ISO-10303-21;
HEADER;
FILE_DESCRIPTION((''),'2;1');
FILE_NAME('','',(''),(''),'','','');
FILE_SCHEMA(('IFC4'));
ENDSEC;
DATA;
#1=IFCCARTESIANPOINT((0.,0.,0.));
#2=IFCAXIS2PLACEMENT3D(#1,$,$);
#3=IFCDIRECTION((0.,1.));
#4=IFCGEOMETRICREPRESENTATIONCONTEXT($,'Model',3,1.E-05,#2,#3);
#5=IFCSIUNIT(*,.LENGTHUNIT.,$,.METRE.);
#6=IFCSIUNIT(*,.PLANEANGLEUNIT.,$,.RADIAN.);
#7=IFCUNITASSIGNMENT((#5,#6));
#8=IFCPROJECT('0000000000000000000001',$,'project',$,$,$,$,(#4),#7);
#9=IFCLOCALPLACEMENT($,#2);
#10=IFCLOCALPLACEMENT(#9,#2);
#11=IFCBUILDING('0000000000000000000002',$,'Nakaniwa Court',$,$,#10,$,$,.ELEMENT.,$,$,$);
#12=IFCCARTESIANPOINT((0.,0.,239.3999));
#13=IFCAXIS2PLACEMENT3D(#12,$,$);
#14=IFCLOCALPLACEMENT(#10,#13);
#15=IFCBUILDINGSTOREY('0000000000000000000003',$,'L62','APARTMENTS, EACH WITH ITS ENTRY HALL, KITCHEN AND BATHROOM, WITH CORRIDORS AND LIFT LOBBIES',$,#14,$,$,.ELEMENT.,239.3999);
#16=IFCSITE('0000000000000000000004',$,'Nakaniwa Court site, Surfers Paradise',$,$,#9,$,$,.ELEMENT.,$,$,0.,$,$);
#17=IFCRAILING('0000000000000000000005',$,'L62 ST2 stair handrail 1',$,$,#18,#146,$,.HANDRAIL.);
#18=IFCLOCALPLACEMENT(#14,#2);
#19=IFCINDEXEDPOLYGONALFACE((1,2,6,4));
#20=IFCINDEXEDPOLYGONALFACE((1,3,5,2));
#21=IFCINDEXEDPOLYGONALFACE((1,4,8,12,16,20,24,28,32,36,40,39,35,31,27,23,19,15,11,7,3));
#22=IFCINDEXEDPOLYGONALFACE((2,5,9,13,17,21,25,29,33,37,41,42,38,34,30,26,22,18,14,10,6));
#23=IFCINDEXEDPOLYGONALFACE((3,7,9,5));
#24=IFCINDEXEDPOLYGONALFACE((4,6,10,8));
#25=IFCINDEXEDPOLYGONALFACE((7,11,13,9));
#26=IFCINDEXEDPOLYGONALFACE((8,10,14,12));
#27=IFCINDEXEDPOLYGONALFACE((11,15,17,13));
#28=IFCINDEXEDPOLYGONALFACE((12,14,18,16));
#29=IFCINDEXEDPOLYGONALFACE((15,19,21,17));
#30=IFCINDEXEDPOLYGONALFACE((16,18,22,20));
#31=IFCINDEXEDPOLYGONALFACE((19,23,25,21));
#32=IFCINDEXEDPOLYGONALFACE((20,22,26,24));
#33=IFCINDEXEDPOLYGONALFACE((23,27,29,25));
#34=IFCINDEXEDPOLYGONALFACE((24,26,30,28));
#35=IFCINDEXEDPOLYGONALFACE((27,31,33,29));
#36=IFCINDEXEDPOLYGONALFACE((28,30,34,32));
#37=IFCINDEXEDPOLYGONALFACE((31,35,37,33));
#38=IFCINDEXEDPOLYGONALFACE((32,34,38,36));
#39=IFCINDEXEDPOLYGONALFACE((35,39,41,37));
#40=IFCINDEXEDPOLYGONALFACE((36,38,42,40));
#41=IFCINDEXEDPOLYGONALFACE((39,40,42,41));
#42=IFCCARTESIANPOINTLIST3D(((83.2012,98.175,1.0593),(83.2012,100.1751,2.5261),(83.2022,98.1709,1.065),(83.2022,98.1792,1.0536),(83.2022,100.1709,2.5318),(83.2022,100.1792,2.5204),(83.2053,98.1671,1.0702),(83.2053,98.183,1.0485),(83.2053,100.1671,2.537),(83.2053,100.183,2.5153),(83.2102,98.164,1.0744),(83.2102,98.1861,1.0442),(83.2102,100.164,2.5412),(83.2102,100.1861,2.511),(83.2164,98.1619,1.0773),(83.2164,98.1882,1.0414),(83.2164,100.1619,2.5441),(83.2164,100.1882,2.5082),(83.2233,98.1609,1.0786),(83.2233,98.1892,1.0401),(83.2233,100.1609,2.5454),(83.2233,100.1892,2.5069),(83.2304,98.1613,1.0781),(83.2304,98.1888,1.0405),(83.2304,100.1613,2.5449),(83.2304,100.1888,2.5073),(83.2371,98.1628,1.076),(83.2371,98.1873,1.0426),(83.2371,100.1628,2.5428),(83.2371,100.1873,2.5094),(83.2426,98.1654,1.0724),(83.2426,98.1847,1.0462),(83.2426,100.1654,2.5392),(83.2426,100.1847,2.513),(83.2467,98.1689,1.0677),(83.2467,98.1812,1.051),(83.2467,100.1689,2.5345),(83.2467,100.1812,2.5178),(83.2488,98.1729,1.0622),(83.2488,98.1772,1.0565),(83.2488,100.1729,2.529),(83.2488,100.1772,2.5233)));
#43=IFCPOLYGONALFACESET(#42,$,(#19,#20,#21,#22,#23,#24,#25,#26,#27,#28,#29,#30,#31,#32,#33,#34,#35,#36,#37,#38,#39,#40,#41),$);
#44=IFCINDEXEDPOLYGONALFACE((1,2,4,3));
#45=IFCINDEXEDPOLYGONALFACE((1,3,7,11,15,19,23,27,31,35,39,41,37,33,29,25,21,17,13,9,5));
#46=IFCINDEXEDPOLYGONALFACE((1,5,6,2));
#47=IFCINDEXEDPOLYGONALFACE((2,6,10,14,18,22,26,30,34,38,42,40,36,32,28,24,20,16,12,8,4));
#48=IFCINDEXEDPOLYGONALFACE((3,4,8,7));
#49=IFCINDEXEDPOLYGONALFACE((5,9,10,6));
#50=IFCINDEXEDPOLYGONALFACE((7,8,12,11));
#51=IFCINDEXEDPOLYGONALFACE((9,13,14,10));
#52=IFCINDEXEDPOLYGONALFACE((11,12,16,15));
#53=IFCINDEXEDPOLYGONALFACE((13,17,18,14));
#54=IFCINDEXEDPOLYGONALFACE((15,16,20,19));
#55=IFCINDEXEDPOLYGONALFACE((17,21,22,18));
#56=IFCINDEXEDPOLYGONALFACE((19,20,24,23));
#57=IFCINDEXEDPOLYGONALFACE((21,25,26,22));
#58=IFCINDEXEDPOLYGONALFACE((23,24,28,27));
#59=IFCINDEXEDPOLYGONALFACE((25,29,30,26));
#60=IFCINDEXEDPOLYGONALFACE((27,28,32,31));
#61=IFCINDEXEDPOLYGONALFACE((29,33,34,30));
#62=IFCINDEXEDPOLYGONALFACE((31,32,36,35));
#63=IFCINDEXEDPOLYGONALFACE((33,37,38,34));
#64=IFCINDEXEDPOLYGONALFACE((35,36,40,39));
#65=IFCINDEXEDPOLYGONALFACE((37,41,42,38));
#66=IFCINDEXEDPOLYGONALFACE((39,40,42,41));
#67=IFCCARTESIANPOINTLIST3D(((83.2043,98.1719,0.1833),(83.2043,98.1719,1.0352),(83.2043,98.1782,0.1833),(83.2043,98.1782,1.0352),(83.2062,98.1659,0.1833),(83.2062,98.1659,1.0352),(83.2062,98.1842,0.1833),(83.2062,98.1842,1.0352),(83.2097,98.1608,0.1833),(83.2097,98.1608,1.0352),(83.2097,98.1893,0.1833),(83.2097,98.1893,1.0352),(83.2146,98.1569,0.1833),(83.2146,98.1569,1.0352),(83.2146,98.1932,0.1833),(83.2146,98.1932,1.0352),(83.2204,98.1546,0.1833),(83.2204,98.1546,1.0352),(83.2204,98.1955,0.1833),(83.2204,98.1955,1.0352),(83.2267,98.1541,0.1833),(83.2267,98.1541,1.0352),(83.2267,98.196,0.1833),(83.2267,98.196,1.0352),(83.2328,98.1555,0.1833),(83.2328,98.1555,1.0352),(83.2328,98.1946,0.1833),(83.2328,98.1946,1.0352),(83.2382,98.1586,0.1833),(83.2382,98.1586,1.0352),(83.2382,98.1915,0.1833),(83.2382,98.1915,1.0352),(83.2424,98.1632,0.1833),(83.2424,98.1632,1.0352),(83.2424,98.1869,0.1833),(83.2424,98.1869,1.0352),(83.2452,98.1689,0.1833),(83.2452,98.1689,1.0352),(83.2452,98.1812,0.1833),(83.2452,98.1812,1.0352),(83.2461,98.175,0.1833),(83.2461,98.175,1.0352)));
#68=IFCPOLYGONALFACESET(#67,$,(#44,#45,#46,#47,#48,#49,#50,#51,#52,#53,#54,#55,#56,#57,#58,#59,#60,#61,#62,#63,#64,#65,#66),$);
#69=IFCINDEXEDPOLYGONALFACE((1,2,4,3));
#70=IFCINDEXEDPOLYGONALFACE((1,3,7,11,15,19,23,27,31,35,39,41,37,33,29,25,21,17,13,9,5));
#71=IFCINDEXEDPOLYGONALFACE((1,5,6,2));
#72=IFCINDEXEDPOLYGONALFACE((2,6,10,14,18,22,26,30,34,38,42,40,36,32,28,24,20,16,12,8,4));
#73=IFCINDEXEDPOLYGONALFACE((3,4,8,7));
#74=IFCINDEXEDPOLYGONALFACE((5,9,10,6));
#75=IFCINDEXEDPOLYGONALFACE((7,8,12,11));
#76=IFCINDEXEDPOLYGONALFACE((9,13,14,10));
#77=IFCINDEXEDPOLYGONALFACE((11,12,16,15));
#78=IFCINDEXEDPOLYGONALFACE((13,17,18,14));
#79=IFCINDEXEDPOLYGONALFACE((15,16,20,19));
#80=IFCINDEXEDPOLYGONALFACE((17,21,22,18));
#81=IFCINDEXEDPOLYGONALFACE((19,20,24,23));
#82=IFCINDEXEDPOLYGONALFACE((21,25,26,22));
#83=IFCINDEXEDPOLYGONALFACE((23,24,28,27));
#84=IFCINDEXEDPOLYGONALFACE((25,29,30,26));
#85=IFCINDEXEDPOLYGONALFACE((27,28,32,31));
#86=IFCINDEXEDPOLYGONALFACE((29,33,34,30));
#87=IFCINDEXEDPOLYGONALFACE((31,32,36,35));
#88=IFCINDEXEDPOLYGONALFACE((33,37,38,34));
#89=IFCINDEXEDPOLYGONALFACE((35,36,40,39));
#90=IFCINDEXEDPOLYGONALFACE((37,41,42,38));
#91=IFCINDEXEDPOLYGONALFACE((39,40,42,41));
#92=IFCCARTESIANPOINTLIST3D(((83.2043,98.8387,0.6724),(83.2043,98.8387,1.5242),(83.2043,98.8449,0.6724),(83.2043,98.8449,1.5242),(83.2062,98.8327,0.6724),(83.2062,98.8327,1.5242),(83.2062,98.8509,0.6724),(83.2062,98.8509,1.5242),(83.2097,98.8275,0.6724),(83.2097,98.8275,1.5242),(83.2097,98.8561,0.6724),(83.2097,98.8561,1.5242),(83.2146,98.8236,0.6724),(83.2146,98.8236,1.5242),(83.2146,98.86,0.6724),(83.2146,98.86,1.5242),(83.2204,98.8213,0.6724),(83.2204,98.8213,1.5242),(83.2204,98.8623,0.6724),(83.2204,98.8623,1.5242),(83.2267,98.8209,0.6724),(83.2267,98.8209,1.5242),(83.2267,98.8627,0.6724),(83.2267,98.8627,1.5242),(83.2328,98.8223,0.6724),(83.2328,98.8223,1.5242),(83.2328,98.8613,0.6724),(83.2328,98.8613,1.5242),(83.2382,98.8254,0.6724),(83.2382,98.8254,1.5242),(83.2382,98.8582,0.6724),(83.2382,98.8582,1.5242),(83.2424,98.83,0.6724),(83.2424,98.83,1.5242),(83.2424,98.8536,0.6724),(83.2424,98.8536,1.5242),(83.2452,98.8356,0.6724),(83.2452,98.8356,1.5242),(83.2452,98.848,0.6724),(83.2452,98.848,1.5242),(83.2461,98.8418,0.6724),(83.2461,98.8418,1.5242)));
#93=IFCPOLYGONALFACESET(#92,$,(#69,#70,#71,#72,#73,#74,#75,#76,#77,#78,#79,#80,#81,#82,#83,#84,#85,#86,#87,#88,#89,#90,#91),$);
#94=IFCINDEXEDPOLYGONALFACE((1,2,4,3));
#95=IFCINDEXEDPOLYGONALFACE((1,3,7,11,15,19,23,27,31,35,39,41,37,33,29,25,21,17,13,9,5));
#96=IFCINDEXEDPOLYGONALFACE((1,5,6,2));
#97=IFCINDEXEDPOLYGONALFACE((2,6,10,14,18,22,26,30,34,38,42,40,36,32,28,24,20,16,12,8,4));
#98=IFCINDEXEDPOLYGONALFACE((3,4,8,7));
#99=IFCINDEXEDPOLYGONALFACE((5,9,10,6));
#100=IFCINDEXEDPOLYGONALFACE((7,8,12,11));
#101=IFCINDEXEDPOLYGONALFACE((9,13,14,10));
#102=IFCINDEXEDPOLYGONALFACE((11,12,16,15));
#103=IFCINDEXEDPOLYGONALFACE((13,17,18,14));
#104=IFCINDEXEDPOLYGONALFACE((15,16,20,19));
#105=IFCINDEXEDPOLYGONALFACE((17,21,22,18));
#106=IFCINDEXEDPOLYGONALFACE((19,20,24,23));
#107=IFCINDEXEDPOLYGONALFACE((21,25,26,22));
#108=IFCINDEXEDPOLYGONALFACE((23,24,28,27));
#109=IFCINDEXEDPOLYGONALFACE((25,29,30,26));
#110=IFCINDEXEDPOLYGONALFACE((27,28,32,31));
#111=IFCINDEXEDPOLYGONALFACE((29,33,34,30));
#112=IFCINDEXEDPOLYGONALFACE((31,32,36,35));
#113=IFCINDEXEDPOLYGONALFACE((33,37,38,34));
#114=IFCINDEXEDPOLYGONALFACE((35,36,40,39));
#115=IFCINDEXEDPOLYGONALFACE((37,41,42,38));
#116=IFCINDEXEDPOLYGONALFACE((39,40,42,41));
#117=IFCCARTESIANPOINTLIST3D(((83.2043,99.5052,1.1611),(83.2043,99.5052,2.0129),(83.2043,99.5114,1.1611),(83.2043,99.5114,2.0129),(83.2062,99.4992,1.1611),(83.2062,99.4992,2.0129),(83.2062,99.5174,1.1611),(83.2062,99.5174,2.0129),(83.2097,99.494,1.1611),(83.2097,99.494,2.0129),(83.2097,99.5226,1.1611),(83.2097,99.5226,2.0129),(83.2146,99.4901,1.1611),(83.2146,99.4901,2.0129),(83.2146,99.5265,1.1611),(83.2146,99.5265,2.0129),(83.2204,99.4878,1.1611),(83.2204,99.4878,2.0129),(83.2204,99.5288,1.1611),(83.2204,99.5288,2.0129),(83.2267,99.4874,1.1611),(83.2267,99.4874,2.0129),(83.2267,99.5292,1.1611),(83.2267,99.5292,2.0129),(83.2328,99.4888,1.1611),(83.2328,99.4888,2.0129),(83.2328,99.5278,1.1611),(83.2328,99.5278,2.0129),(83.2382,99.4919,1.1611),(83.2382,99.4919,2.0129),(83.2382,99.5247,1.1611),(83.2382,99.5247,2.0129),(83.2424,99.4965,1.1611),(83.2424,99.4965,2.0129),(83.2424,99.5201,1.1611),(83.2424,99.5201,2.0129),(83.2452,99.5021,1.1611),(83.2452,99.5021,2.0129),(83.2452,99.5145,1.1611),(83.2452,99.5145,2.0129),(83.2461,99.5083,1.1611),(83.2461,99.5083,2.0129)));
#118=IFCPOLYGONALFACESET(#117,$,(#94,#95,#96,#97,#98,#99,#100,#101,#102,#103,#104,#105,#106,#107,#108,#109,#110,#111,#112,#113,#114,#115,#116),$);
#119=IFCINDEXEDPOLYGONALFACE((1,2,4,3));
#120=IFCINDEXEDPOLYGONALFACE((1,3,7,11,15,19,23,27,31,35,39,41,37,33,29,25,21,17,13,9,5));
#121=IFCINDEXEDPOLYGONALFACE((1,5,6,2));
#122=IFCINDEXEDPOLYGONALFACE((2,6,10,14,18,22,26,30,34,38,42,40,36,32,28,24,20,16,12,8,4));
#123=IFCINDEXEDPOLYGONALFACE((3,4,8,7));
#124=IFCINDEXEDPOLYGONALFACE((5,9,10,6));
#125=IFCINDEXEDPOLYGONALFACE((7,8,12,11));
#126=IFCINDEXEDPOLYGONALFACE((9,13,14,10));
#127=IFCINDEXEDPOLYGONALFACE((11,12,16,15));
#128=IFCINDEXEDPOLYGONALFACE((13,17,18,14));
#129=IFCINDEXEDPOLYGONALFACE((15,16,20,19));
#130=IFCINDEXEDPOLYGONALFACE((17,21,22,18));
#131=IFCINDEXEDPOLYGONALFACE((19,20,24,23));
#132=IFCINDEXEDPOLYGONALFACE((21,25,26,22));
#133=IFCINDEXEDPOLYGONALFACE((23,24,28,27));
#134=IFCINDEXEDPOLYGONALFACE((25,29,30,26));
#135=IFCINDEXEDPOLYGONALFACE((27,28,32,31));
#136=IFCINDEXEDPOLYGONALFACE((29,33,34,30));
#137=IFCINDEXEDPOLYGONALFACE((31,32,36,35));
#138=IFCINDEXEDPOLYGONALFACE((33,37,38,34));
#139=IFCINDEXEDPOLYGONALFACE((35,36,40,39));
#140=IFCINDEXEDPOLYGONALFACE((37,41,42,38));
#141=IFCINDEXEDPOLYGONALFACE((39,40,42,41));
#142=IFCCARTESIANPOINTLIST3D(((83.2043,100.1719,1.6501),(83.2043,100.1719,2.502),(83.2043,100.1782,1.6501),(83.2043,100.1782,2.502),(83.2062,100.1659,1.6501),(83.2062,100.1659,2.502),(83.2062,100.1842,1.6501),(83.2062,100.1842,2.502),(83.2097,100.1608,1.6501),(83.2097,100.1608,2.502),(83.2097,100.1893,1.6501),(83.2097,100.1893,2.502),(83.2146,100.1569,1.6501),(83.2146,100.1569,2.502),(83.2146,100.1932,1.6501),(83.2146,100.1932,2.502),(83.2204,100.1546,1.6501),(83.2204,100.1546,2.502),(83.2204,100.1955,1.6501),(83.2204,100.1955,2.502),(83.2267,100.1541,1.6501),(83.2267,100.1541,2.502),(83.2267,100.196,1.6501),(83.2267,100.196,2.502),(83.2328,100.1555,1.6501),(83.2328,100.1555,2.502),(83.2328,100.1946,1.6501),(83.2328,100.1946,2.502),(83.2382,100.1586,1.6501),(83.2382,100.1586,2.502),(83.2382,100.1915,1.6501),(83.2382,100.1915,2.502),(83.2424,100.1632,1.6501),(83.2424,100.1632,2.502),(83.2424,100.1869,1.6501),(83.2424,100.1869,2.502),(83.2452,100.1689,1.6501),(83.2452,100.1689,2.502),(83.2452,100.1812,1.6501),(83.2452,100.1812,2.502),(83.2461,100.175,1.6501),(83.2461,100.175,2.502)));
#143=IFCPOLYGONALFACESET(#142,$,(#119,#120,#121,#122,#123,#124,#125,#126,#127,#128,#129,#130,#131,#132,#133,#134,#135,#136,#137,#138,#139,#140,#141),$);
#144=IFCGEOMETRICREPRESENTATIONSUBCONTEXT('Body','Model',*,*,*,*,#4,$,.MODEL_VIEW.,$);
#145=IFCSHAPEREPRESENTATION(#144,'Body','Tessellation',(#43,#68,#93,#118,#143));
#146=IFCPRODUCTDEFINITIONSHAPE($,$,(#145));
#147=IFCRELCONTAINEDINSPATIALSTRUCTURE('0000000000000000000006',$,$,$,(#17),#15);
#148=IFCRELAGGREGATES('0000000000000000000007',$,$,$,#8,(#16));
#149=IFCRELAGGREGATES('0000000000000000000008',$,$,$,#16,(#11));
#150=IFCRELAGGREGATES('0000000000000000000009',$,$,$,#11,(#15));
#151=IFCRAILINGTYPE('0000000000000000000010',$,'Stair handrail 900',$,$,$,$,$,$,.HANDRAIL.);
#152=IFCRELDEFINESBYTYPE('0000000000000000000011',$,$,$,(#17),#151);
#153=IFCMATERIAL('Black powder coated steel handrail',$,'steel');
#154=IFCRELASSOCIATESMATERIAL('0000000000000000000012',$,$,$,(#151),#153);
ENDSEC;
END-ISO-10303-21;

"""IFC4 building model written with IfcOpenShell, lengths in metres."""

from ifc_helpers import new_model, si_unit, direction, frame, origin, origin_2d, place, context, subcontext, project, spatial, circle, extrude, material, type_object, element, save


model = new_model("IFC4")

# Units and contexts
model_context = context("Model", 3, precision=1e-05, world=origin(), true_north=direction((0.0, 1.0)))
body_context = subcontext(model_context, "Body", "Model", "MODEL_VIEW")
ifc_project = project(units=[si_unit("LENGTHUNIT", "METRE"), si_unit("PLANEANGLEUNIT", "RADIAN")], contexts=[model_context])

# Site, building, storey
site_placement = place(None, origin())
site = spatial("IfcSite", under=ifc_project, at=site_placement, Name="Nakaniwa Court site, Surfers Paradise", CompositionType="ELEMENT", RefElevation=0.0)
building_placement = place(site_placement, origin())
building = spatial("IfcBuilding", under=site, at=building_placement, Name="Nakaniwa Court", CompositionType="ELEMENT")
storey_placement = place(building_placement, frame((0.0, 0.0, 239.3999)))
storey = spatial("IfcBuildingStorey", under=building, at=storey_placement, Name="L62", Description="APARTMENTS, EACH WITH ITS ENTRY HALL, KITCHEN AND BATHROOM, WITH CORRIDORS AND LIFT LOBBIES", CompositionType="ELEMENT", Elevation=239.3999)

# Railing
ifc_material_1 = material(Name="Black powder coated steel handrail", Category="steel")
railing_type_1 = type_object("IfcRailingType", Name="Stair handrail 900", PredefinedType="HANDRAIL", material=ifc_material_1)
railing_1_placement = place(storey_placement, frame((83.2251, 98.175, 0.1833)))
element("IfcRailing", 1, at=railing_1_placement, inside=storey, type_object=railing_type_1, Name="L62 ST2 stair handrail 1", PredefinedType="HANDRAIL", context=body_context, shape_type="SweptSolid", body=[
    extrude(circle(Radius=0.0239, at=origin_2d()), frame((0.0, 0.0, 0.876), z_axis=(0.0, 0.80638, 0.591398), x_axis=(-1.0, 0.0, 0.0)), (0.0, 0.0, 1.0), 2.4802),
    extrude(circle(Radius=0.021, at=origin_2d()), origin(), (0.0, 0.0, 1.0), 0.8518),
    extrude(circle(Radius=0.021, at=origin_2d()), frame((0.0, 0.6667, 0.489)), (0.0, 0.0, 1.0), 0.8518),
    extrude(circle(Radius=0.021, at=origin_2d()), frame((0.0, 1.3333, 0.9778)), (0.0, 0.0, 1.0), 0.8518),
    extrude(circle(Radius=0.021, at=origin_2d()), frame((0.0, 2.0, 1.4668)), (0.0, 0.0, 1.0), 0.8518),
])

save(model, "model.ifc")
